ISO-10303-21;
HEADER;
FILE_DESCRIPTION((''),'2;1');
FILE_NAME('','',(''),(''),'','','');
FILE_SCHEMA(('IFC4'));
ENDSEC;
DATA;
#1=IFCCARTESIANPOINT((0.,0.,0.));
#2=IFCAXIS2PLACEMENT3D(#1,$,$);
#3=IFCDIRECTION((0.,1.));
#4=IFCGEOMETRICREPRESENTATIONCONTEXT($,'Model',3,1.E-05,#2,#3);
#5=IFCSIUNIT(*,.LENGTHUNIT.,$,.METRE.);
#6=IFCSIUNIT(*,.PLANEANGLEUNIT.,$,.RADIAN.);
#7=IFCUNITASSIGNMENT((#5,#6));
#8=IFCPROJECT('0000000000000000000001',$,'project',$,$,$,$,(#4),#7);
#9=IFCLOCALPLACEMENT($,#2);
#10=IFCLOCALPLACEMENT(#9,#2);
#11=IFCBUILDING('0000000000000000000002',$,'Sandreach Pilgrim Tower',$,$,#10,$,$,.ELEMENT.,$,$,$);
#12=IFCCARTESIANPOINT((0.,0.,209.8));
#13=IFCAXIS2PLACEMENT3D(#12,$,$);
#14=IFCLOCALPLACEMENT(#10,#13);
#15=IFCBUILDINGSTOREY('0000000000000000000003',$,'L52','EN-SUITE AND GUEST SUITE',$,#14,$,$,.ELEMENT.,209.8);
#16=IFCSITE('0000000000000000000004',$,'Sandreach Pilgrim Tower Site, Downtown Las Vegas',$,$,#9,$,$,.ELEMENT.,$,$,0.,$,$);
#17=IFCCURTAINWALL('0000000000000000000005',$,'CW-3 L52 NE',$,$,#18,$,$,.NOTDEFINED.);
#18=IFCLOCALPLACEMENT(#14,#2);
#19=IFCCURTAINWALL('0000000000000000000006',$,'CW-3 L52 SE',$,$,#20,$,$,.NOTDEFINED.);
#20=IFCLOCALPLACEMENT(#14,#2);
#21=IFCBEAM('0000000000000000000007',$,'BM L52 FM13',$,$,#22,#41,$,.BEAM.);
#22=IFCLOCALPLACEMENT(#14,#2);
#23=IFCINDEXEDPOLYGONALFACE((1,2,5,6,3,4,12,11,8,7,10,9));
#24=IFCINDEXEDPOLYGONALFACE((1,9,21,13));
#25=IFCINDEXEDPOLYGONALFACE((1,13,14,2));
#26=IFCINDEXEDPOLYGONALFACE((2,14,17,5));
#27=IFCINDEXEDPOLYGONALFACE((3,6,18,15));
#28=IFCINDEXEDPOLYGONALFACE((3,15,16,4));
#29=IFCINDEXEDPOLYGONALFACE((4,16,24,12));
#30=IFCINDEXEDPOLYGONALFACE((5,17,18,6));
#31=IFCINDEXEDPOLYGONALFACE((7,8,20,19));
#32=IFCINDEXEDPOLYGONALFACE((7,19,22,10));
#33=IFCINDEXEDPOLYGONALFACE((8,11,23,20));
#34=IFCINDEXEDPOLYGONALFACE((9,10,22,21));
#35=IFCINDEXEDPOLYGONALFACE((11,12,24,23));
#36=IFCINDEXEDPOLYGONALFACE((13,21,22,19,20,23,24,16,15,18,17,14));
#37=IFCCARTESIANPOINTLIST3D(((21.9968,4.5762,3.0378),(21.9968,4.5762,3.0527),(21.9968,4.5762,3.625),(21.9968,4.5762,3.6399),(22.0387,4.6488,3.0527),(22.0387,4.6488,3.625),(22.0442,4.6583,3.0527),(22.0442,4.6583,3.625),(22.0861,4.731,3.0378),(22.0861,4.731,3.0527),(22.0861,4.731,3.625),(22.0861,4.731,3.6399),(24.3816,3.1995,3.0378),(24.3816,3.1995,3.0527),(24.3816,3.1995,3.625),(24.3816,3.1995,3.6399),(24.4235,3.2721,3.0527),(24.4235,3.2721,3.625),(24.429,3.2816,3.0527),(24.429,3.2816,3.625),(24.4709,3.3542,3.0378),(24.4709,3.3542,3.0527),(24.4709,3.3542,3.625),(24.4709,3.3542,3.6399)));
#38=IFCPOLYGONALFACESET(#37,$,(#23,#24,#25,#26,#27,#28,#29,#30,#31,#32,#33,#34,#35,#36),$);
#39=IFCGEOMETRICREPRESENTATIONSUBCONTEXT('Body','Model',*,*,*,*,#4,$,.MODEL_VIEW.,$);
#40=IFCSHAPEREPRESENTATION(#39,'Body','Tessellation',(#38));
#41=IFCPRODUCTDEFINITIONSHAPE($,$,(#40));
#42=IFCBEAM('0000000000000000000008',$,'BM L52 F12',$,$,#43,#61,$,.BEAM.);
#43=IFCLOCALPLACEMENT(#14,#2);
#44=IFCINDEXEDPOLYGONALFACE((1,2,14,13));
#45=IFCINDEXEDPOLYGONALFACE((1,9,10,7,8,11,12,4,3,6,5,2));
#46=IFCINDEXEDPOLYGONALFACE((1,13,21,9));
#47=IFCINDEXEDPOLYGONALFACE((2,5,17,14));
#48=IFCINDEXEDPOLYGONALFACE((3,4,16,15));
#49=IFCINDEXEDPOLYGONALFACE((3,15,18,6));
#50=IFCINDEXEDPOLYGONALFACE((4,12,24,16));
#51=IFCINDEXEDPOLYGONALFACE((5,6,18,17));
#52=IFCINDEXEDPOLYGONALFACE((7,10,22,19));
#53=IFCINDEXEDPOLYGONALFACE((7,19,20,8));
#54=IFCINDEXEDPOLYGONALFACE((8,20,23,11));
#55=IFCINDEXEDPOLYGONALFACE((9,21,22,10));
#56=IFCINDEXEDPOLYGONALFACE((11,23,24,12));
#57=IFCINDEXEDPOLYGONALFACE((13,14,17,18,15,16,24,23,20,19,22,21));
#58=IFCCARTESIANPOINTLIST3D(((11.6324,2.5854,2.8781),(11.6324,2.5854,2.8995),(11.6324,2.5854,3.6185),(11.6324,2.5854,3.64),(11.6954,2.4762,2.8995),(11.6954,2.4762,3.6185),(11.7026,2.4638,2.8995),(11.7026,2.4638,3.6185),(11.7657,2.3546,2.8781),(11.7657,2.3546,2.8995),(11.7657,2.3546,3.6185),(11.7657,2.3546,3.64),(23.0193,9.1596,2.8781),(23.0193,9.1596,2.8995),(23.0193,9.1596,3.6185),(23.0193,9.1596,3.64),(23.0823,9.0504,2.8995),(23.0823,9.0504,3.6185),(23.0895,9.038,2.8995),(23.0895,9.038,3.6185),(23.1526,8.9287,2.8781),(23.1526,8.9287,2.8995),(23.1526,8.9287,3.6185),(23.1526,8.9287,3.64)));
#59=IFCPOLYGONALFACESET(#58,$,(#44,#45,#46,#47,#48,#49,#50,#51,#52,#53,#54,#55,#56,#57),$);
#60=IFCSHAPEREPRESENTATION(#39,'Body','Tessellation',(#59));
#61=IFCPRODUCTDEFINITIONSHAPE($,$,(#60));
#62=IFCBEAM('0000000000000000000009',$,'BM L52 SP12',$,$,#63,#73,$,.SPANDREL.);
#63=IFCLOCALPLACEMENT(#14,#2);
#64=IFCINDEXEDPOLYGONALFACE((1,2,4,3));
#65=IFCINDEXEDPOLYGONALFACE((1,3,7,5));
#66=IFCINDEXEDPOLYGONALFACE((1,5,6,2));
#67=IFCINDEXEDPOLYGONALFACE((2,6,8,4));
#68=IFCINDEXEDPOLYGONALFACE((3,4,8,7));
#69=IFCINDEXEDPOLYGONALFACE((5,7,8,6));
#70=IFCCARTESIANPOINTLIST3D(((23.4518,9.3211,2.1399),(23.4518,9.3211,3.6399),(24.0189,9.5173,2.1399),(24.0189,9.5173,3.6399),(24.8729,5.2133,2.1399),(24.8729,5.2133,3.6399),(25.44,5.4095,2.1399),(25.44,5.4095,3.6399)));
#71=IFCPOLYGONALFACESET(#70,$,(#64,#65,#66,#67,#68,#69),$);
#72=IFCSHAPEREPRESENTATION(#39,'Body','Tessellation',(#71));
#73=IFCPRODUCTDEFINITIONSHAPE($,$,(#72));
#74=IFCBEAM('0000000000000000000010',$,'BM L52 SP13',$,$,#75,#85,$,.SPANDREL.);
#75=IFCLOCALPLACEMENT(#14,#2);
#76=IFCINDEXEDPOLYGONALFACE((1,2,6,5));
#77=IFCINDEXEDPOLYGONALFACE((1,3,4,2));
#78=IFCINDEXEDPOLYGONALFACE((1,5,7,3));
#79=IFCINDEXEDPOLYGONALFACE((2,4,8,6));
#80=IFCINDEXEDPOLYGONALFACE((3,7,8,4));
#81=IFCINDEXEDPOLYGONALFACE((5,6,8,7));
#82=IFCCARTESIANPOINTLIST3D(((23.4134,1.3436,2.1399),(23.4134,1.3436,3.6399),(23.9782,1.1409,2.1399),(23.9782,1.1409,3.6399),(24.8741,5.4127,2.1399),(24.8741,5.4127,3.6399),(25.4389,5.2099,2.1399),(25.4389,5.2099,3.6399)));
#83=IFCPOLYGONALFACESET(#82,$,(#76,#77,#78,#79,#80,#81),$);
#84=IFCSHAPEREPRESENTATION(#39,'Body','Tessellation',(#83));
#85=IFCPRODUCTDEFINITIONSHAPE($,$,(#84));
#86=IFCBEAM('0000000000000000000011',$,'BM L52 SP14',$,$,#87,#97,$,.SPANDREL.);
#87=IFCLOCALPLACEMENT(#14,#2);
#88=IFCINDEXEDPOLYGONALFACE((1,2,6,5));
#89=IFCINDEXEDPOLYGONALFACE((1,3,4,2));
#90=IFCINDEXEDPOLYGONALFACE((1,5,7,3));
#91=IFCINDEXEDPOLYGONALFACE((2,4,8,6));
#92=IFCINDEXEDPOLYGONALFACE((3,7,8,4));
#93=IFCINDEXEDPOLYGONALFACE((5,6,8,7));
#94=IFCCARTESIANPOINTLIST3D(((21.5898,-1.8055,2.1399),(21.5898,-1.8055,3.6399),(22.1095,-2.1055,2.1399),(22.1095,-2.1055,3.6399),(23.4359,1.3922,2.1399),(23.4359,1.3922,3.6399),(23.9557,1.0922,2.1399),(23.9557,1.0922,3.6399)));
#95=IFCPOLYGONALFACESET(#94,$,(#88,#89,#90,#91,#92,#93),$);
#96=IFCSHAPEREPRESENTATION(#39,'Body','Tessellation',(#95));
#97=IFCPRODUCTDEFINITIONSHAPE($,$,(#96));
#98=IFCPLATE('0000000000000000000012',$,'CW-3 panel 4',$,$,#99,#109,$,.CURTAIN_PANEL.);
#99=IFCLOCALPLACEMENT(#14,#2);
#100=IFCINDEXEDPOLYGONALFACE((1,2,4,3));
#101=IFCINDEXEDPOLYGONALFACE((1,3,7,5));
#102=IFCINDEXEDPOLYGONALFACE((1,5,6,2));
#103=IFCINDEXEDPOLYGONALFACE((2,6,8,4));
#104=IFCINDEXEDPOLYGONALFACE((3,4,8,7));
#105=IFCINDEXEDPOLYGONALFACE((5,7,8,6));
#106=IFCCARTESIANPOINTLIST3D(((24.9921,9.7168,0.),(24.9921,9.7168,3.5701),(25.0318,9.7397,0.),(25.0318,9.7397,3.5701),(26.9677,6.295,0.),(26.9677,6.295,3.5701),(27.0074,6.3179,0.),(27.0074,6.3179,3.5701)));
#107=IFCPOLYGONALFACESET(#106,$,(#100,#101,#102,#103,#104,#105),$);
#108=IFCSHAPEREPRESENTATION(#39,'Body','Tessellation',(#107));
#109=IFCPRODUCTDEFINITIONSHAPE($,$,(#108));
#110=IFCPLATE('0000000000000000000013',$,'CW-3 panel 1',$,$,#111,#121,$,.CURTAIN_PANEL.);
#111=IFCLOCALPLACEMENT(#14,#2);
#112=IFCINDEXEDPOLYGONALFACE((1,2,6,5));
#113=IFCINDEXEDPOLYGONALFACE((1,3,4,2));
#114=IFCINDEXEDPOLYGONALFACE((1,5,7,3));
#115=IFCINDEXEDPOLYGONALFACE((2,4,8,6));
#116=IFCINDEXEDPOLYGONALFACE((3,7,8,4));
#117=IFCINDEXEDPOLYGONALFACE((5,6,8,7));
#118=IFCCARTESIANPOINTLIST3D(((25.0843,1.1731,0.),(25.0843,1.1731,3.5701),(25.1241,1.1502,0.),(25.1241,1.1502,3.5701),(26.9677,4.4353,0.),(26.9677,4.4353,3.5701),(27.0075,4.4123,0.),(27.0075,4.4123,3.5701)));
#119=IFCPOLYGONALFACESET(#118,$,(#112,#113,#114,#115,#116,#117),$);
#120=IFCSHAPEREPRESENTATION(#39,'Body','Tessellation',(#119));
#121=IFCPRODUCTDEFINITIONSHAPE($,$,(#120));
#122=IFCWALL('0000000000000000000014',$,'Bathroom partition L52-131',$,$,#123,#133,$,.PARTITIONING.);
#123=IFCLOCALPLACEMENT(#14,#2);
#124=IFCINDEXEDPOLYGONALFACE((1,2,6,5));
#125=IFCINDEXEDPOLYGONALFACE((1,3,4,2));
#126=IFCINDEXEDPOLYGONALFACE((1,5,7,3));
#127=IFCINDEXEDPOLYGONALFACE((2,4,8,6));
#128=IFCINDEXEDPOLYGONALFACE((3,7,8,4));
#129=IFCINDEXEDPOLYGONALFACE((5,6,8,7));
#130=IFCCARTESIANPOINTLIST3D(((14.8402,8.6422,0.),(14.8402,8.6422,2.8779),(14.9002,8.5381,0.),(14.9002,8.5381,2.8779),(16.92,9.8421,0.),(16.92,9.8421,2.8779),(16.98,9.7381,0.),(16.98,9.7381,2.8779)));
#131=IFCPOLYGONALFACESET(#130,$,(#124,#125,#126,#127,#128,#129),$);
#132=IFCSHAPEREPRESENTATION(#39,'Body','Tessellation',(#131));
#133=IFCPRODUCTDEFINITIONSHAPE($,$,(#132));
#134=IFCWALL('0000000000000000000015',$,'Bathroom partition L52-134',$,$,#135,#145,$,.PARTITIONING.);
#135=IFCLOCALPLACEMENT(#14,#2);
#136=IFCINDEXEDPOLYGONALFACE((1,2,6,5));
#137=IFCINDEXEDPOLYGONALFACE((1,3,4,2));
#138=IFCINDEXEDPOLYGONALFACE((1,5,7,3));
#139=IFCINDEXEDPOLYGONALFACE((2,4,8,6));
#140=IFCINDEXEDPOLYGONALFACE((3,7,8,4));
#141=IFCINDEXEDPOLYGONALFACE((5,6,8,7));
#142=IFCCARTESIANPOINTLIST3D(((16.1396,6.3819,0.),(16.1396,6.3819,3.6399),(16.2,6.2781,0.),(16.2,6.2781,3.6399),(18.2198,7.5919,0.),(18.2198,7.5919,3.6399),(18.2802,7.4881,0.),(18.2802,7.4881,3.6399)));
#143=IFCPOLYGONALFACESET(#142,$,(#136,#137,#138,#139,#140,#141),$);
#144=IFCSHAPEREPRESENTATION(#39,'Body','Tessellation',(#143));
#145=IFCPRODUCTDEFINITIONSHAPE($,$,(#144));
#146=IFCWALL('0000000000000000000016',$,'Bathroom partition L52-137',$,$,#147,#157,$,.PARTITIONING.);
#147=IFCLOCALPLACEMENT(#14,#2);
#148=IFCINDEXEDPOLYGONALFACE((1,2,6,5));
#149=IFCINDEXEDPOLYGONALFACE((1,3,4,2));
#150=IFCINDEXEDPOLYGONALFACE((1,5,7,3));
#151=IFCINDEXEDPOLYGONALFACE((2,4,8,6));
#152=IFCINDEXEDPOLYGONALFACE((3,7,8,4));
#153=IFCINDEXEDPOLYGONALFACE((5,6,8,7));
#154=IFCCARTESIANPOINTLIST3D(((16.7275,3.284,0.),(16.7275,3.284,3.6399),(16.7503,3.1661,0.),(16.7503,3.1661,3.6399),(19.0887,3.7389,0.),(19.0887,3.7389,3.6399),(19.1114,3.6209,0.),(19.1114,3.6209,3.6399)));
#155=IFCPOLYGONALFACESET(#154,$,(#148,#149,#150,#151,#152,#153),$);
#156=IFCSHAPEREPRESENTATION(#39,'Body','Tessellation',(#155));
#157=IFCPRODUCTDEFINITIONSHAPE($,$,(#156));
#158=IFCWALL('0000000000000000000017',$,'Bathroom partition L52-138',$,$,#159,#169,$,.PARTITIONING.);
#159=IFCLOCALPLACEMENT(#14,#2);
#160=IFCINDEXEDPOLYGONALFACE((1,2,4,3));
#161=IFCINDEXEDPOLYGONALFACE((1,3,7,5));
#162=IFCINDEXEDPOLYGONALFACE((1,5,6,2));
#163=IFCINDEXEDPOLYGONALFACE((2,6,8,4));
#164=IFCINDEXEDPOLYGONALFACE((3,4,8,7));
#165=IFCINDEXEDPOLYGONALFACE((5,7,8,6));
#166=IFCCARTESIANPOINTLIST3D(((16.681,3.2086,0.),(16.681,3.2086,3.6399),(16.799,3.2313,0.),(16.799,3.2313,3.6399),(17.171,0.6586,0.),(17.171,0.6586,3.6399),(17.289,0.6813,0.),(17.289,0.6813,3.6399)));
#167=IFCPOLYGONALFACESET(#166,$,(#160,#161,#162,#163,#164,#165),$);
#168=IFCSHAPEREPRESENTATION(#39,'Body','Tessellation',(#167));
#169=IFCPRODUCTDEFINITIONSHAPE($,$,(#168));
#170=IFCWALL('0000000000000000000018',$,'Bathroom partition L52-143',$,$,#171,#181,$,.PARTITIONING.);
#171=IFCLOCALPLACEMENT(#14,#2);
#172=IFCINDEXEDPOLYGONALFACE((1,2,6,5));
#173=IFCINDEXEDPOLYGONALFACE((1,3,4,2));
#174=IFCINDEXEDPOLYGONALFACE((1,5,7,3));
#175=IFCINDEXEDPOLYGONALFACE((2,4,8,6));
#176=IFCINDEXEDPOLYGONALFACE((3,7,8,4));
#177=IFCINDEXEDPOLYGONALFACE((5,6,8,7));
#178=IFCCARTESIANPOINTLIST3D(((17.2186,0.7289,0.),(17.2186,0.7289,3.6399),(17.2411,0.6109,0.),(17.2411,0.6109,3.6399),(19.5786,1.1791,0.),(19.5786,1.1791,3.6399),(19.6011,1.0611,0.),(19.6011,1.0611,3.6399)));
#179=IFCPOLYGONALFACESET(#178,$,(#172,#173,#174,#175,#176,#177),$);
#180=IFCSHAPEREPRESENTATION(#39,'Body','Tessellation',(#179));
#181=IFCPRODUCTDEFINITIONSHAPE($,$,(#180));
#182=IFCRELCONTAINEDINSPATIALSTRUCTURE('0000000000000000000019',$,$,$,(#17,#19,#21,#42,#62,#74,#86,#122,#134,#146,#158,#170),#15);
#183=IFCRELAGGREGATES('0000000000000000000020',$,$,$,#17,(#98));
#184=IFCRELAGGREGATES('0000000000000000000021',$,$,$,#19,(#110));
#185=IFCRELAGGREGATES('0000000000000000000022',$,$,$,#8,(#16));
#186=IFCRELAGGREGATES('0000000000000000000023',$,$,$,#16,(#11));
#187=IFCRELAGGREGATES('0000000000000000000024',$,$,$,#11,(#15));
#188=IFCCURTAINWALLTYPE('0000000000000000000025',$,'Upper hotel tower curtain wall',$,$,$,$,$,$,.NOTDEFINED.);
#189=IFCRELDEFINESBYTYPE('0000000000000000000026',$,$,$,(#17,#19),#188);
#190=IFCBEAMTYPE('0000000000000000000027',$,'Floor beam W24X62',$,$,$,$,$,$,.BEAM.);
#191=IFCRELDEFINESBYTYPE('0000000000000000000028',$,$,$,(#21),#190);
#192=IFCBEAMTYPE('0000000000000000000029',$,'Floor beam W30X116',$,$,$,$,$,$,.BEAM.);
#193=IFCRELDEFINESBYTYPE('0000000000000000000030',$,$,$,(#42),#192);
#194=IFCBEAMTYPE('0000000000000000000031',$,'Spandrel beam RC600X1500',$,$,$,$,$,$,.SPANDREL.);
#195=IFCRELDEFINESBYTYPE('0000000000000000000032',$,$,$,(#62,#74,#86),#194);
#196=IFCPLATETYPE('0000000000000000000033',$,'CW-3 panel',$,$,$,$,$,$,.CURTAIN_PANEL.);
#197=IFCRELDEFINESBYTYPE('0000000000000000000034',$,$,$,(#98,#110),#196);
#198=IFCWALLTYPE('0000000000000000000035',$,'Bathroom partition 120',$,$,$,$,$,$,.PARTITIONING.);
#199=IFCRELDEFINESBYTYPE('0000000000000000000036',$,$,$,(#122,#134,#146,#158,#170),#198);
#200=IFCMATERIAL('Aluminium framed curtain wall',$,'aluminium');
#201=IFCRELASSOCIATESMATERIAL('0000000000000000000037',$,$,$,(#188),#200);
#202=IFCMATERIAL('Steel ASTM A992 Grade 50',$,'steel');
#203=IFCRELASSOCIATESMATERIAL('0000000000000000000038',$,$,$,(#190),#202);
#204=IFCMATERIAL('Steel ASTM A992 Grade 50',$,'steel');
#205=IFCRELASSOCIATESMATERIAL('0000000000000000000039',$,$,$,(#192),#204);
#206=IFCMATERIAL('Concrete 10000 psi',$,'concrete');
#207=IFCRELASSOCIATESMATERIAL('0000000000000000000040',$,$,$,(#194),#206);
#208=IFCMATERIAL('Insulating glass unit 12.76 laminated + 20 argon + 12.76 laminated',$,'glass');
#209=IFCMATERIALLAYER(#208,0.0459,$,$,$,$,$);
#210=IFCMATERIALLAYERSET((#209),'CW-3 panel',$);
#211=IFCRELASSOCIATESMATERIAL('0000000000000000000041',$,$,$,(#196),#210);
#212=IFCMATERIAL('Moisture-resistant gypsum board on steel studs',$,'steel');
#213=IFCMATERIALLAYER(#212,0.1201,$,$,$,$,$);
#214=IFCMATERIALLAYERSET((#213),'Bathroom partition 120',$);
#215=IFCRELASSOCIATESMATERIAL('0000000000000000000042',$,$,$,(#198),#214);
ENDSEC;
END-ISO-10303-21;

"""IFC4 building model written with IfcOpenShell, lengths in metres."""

from ifc_helpers import new_model, si_unit, direction, frame, frame_2d, origin, origin_2d, place, context, subcontext, project, spatial, rectangle, i_section, extrude, material, layer, layer_set, material_profile, profile_set, type_object, element, aggregate, save


model = new_model("IFC4")

# Units and contexts
model_context = context("Model", 3, precision=1e-05, world=origin(), true_north=direction((0.0, 1.0)))
body_context = subcontext(model_context, "Body", "Model", "MODEL_VIEW")
ifc_project = project(units=[si_unit("LENGTHUNIT", "METRE"), si_unit("PLANEANGLEUNIT", "RADIAN")], contexts=[model_context])

# Site, building, storey
site_placement = place(None, origin())
site = spatial("IfcSite", under=ifc_project, at=site_placement, Name="Sandreach Pilgrim Tower Site, Downtown Las Vegas", CompositionType="ELEMENT", RefElevation=0.0)
building_placement = place(site_placement, origin())
building = spatial("IfcBuilding", under=site, at=building_placement, Name="Sandreach Pilgrim Tower", CompositionType="ELEMENT")
storey_placement = place(building_placement, frame((0.0, 0.0, 209.8)))
storey = spatial("IfcBuildingStorey", under=building, at=storey_placement, Name="L52", Description="EN-SUITE AND GUEST SUITE", CompositionType="ELEMENT", Elevation=209.8)

# Curtain wall
ifc_material_1 = material(Name="Aluminium framed curtain wall", Category="aluminium")
curtain_wall_type = type_object("IfcCurtainWallType", Name="Upper hotel tower curtain wall", PredefinedType="NOTDEFINED", material=ifc_material_1)
curtain_wall_1_placement = place(storey_placement, origin())
curtain_wall_1 = element("IfcCurtainWall", 1, at=curtain_wall_1_placement, inside=storey, type_object=curtain_wall_type, Name="CW-3 L52 NE", PredefinedType="NOTDEFINED")

# Curtain wall
curtain_wall_2_placement = place(storey_placement, origin())
curtain_wall_2 = element("IfcCurtainWall", 2, at=curtain_wall_2_placement, inside=storey, type_object=curtain_wall_type, Name="CW-3 L52 SE", PredefinedType="NOTDEFINED")

# Beams
ifc_material_2 = material(Name="Steel ASTM A992 Grade 50", Category="steel")
ifc_material_profile_1 = material_profile(ifc_material_2, i_section(OverallWidth=0.1787, OverallDepth=0.6021, WebThickness=0.011, FlangeThickness=0.0149, at=origin_2d()), Name="W24X62")
ifc_profile_set_1 = profile_set([ifc_material_profile_1], Name="Steel ASTM A992 Grade 50")
beam_type_1 = type_object("IfcBeamType", Name="Floor beam W24X62", PredefinedType="BEAM", material=ifc_profile_set_1)
beam_1_placement = place(storey_placement, frame((24.4263, 3.2769, 3.3389), z_axis=(-0.866047, 0.499963, 0.0), x_axis=(-0.499963, -0.866047, 0.0)))
element("IfcBeam", 3, at=beam_1_placement, inside=storey, type_object=beam_type_1, Name="BM L52 FM13", PredefinedType="BEAM", context=body_context, shape_type="SweptSolid", body=[
    extrude(i_section(OverallWidth=0.1787, OverallDepth=0.6021, WebThickness=0.011, FlangeThickness=0.0149, at=origin_2d()), origin(), (0.0, 0.0, 1.0), 2.7537),
])
ifc_material_3 = material(Name="Steel ASTM A992 Grade 50", Category="steel")
ifc_material_profile_2 = material_profile(ifc_material_3, i_section(OverallWidth=0.2666, OverallDepth=0.762, WebThickness=0.0144, FlangeThickness=0.0215, at=origin_2d()), Name="W30X116")
ifc_profile_set_2 = profile_set([ifc_material_profile_2], Name="Steel ASTM A992 Grade 50")
beam_type_2 = type_object("IfcBeamType", Name="Floor beam W30X116", PredefinedType="BEAM", material=ifc_profile_set_2)
beam_2_placement = place(storey_placement, frame((23.0859, 9.0442, 3.259), z_axis=(-0.866027, -0.499997, 0.0), x_axis=(0.499997, -0.866027, 0.0)))
element("IfcBeam", 4, at=beam_2_placement, inside=storey, type_object=beam_type_2, Name="BM L52 F12", PredefinedType="BEAM", context=body_context, shape_type="SweptSolid", body=[
    extrude(i_section(OverallWidth=0.2666, OverallDepth=0.762, WebThickness=0.0144, FlangeThickness=0.0215, at=origin_2d()), origin(), (0.0, 0.0, 1.0), 13.1484),
])
ifc_material_4 = material(Name="Concrete 10000 psi", Category="concrete")
ifc_material_profile_3 = material_profile(ifc_material_4, rectangle(XDim=0.6001, YDim=1.5, at=origin_2d()), Name="RC600X1500")
ifc_profile_set_3 = profile_set([ifc_material_profile_3], Name="Concrete 10000 psi")
beam_type_3 = type_object("IfcBeamType", Name="Spandrel beam RC600X1500", PredefinedType="SPANDREL", material=ifc_profile_set_3)
beam_3_placement = place(storey_placement, frame((23.7354, 9.4192, 2.8899), z_axis=(0.326941, -0.945045, 0.0), x_axis=(0.945045, 0.326941, 0.0)))
element("IfcBeam", 5, at=beam_3_placement, inside=storey, type_object=beam_type_3, Name="BM L52 SP12", PredefinedType="SPANDREL", context=body_context, shape_type="SweptSolid", body=[
    extrude(rectangle(XDim=0.6001, YDim=1.5, at=origin_2d()), origin(), (0.0, 0.0, 1.0), 4.3467),
])
beam_4_placement = place(storey_placement, frame((25.1565, 5.3113, 2.8899), z_axis=(-0.337863, -0.941195, 0.0), x_axis=(0.941195, -0.337863, 0.0)))
element("IfcBeam", 6, at=beam_4_placement, inside=storey, type_object=beam_type_3, Name="BM L52 SP13", PredefinedType="SPANDREL", context=body_context, shape_type="SweptSolid", body=[
    extrude(rectangle(XDim=0.6001, YDim=1.5, at=origin_2d()), origin(), (0.0, 0.0, 1.0), 4.3232),
])
beam_5_placement = place(storey_placement, frame((23.6958, 1.2422, 2.8899), z_axis=(-0.499993, -0.866029, 0.0), x_axis=(0.866029, -0.499993, 0.0)))
element("IfcBeam", 7, at=beam_5_placement, inside=storey, type_object=beam_type_3, Name="BM L52 SP14", PredefinedType="SPANDREL", context=body_context, shape_type="SweptSolid", body=[
    extrude(rectangle(XDim=0.6001, YDim=1.5, at=origin_2d()), origin(), (0.0, 0.0, 1.0), 3.6924),
])

# Plates
ifc_material_5 = material(Name="Insulating glass unit 12.76 laminated + 20 argon + 12.76 laminated", Category="glass")
ifc_layer_1 = layer(ifc_material_5, 0.0459)
ifc_layer_set_1 = layer_set([ifc_layer_1], Name="CW-3 panel")
plate_type = type_object("IfcPlateType", Name="CW-3 panel", PredefinedType="CURTAIN_PANEL", material=ifc_layer_set_1)
plate_1_placement = place(storey_placement, frame((25.9998, 8.0173, 0.0), z_axis=(0.0, 0.0, 1.0), x_axis=(0.5, -0.866025, 0.0)))
plate_1 = element("IfcPlate", 8, at=plate_1_placement, type_object=plate_type, Name="CW-3 panel 4", PredefinedType="CURTAIN_PANEL", context=body_context, shape_type="SweptSolid", body=[
    extrude(rectangle(XDim=3.9512, YDim=0.0459, at=origin_2d()), origin(), (0.0, 0.0, 1.0), 3.5701),
])
aggregate(curtain_wall_1, [plate_1])
plate_2_placement = place(storey_placement, frame((26.0459, 2.7927, 0.0), z_axis=(0.0, 0.0, 1.0), x_axis=(-0.5, -0.866025, 0.0)))
plate_2 = element("IfcPlate", 9, at=plate_2_placement, type_object=plate_type, Name="CW-3 panel 1", PredefinedType="CURTAIN_PANEL", context=body_context, shape_type="SweptSolid", body=[
    extrude(rectangle(XDim=3.7668, YDim=0.0459, at=origin_2d()), origin(), (0.0, 0.0, 1.0), 3.5701),
])
aggregate(curtain_wall_2, [plate_2])

# Walls
ifc_material_6 = material(Name="Moisture-resistant gypsum board on steel studs", Category="steel")
ifc_layer_2 = layer(ifc_material_6, 0.1201)
ifc_layer_set_2 = layer_set([ifc_layer_2], Name="Bathroom partition 120")
wall_type_1 = type_object("IfcWallType", Name="Bathroom partition 120", PredefinedType="PARTITIONING", material=ifc_layer_set_2)
wall_1_placement = place(storey_placement, frame((14.8701, 8.5901, 0.0), z_axis=(0.0, 0.0, 1.0), x_axis=(0.866177, 0.499737, 0.0)))
element("IfcWall", 10, at=wall_1_placement, inside=storey, type_object=wall_type_1, Name="Bathroom partition L52-131", PredefinedType="PARTITIONING", context=body_context, shape_type="SweptSolid", body=[
    extrude(rectangle(XDim=2.4011, YDim=0.1201, at=frame_2d((1.2007, 0.0))), origin(), (0.0, 0.0, 1.0), 2.8779),
])
wall_2_placement = place(storey_placement, frame((16.1699, 6.3301, 0.0), z_axis=(0.0, 0.0, 1.0), x_axis=(0.864396, 0.502811, 0.0)))
element("IfcWall", 11, at=wall_2_placement, inside=storey, type_object=wall_type_1, Name="Bathroom partition L52-134", PredefinedType="PARTITIONING", context=body_context, shape_type="SweptSolid", body=[
    extrude(rectangle(XDim=2.4065, YDim=0.1201, at=frame_2d((1.2031, 0.0))), origin(), (0.0, 0.0, 1.0), 3.6399),
])
wall_3_placement = place(storey_placement, frame((16.739, 3.2251, 0.0), z_axis=(0.0, 0.0, 1.0), x_axis=(0.981946, 0.18916, 0.0)))
element("IfcWall", 12, at=wall_3_placement, inside=storey, type_object=wall_type_1, Name="Bathroom partition L52-137", PredefinedType="PARTITIONING", context=body_context, shape_type="SweptSolid", body=[
    extrude(rectangle(XDim=2.4045, YDim=0.1201, at=frame_2d((1.2021, 0.0))), origin(), (0.0, 0.0, 1.0), 3.6399),
])
wall_4_placement = place(storey_placement, frame((16.74, 3.22, 0.0), z_axis=(0.0, 0.0, 1.0), x_axis=(0.188697, -0.982035, 0.0)))
element("IfcWall", 13, at=wall_4_placement, inside=storey, type_object=wall_type_1, Name="Bathroom partition L52-138", PredefinedType="PARTITIONING", context=body_context, shape_type="SweptSolid", body=[
    extrude(rectangle(XDim=2.5967, YDim=0.1201, at=frame_2d((1.2983, 0.0))), origin(), (0.0, 0.0, 1.0), 3.6399),
])
wall_5_placement = place(storey_placement, frame((17.23, 0.6699, 0.0), z_axis=(0.0, 0.0, 1.0), x_axis=(0.982289, 0.187374, 0.0)))
element("IfcWall", 14, at=wall_5_placement, inside=storey, type_object=wall_type_1, Name="Bathroom partition L52-143", PredefinedType="PARTITIONING", context=body_context, shape_type="SweptSolid", body=[
    extrude(rectangle(XDim=2.4026, YDim=0.1201, at=frame_2d((1.2012, 0.0))), origin(), (0.0, 0.0, 1.0), 3.6399),
])

save(model, "model.ifc")
